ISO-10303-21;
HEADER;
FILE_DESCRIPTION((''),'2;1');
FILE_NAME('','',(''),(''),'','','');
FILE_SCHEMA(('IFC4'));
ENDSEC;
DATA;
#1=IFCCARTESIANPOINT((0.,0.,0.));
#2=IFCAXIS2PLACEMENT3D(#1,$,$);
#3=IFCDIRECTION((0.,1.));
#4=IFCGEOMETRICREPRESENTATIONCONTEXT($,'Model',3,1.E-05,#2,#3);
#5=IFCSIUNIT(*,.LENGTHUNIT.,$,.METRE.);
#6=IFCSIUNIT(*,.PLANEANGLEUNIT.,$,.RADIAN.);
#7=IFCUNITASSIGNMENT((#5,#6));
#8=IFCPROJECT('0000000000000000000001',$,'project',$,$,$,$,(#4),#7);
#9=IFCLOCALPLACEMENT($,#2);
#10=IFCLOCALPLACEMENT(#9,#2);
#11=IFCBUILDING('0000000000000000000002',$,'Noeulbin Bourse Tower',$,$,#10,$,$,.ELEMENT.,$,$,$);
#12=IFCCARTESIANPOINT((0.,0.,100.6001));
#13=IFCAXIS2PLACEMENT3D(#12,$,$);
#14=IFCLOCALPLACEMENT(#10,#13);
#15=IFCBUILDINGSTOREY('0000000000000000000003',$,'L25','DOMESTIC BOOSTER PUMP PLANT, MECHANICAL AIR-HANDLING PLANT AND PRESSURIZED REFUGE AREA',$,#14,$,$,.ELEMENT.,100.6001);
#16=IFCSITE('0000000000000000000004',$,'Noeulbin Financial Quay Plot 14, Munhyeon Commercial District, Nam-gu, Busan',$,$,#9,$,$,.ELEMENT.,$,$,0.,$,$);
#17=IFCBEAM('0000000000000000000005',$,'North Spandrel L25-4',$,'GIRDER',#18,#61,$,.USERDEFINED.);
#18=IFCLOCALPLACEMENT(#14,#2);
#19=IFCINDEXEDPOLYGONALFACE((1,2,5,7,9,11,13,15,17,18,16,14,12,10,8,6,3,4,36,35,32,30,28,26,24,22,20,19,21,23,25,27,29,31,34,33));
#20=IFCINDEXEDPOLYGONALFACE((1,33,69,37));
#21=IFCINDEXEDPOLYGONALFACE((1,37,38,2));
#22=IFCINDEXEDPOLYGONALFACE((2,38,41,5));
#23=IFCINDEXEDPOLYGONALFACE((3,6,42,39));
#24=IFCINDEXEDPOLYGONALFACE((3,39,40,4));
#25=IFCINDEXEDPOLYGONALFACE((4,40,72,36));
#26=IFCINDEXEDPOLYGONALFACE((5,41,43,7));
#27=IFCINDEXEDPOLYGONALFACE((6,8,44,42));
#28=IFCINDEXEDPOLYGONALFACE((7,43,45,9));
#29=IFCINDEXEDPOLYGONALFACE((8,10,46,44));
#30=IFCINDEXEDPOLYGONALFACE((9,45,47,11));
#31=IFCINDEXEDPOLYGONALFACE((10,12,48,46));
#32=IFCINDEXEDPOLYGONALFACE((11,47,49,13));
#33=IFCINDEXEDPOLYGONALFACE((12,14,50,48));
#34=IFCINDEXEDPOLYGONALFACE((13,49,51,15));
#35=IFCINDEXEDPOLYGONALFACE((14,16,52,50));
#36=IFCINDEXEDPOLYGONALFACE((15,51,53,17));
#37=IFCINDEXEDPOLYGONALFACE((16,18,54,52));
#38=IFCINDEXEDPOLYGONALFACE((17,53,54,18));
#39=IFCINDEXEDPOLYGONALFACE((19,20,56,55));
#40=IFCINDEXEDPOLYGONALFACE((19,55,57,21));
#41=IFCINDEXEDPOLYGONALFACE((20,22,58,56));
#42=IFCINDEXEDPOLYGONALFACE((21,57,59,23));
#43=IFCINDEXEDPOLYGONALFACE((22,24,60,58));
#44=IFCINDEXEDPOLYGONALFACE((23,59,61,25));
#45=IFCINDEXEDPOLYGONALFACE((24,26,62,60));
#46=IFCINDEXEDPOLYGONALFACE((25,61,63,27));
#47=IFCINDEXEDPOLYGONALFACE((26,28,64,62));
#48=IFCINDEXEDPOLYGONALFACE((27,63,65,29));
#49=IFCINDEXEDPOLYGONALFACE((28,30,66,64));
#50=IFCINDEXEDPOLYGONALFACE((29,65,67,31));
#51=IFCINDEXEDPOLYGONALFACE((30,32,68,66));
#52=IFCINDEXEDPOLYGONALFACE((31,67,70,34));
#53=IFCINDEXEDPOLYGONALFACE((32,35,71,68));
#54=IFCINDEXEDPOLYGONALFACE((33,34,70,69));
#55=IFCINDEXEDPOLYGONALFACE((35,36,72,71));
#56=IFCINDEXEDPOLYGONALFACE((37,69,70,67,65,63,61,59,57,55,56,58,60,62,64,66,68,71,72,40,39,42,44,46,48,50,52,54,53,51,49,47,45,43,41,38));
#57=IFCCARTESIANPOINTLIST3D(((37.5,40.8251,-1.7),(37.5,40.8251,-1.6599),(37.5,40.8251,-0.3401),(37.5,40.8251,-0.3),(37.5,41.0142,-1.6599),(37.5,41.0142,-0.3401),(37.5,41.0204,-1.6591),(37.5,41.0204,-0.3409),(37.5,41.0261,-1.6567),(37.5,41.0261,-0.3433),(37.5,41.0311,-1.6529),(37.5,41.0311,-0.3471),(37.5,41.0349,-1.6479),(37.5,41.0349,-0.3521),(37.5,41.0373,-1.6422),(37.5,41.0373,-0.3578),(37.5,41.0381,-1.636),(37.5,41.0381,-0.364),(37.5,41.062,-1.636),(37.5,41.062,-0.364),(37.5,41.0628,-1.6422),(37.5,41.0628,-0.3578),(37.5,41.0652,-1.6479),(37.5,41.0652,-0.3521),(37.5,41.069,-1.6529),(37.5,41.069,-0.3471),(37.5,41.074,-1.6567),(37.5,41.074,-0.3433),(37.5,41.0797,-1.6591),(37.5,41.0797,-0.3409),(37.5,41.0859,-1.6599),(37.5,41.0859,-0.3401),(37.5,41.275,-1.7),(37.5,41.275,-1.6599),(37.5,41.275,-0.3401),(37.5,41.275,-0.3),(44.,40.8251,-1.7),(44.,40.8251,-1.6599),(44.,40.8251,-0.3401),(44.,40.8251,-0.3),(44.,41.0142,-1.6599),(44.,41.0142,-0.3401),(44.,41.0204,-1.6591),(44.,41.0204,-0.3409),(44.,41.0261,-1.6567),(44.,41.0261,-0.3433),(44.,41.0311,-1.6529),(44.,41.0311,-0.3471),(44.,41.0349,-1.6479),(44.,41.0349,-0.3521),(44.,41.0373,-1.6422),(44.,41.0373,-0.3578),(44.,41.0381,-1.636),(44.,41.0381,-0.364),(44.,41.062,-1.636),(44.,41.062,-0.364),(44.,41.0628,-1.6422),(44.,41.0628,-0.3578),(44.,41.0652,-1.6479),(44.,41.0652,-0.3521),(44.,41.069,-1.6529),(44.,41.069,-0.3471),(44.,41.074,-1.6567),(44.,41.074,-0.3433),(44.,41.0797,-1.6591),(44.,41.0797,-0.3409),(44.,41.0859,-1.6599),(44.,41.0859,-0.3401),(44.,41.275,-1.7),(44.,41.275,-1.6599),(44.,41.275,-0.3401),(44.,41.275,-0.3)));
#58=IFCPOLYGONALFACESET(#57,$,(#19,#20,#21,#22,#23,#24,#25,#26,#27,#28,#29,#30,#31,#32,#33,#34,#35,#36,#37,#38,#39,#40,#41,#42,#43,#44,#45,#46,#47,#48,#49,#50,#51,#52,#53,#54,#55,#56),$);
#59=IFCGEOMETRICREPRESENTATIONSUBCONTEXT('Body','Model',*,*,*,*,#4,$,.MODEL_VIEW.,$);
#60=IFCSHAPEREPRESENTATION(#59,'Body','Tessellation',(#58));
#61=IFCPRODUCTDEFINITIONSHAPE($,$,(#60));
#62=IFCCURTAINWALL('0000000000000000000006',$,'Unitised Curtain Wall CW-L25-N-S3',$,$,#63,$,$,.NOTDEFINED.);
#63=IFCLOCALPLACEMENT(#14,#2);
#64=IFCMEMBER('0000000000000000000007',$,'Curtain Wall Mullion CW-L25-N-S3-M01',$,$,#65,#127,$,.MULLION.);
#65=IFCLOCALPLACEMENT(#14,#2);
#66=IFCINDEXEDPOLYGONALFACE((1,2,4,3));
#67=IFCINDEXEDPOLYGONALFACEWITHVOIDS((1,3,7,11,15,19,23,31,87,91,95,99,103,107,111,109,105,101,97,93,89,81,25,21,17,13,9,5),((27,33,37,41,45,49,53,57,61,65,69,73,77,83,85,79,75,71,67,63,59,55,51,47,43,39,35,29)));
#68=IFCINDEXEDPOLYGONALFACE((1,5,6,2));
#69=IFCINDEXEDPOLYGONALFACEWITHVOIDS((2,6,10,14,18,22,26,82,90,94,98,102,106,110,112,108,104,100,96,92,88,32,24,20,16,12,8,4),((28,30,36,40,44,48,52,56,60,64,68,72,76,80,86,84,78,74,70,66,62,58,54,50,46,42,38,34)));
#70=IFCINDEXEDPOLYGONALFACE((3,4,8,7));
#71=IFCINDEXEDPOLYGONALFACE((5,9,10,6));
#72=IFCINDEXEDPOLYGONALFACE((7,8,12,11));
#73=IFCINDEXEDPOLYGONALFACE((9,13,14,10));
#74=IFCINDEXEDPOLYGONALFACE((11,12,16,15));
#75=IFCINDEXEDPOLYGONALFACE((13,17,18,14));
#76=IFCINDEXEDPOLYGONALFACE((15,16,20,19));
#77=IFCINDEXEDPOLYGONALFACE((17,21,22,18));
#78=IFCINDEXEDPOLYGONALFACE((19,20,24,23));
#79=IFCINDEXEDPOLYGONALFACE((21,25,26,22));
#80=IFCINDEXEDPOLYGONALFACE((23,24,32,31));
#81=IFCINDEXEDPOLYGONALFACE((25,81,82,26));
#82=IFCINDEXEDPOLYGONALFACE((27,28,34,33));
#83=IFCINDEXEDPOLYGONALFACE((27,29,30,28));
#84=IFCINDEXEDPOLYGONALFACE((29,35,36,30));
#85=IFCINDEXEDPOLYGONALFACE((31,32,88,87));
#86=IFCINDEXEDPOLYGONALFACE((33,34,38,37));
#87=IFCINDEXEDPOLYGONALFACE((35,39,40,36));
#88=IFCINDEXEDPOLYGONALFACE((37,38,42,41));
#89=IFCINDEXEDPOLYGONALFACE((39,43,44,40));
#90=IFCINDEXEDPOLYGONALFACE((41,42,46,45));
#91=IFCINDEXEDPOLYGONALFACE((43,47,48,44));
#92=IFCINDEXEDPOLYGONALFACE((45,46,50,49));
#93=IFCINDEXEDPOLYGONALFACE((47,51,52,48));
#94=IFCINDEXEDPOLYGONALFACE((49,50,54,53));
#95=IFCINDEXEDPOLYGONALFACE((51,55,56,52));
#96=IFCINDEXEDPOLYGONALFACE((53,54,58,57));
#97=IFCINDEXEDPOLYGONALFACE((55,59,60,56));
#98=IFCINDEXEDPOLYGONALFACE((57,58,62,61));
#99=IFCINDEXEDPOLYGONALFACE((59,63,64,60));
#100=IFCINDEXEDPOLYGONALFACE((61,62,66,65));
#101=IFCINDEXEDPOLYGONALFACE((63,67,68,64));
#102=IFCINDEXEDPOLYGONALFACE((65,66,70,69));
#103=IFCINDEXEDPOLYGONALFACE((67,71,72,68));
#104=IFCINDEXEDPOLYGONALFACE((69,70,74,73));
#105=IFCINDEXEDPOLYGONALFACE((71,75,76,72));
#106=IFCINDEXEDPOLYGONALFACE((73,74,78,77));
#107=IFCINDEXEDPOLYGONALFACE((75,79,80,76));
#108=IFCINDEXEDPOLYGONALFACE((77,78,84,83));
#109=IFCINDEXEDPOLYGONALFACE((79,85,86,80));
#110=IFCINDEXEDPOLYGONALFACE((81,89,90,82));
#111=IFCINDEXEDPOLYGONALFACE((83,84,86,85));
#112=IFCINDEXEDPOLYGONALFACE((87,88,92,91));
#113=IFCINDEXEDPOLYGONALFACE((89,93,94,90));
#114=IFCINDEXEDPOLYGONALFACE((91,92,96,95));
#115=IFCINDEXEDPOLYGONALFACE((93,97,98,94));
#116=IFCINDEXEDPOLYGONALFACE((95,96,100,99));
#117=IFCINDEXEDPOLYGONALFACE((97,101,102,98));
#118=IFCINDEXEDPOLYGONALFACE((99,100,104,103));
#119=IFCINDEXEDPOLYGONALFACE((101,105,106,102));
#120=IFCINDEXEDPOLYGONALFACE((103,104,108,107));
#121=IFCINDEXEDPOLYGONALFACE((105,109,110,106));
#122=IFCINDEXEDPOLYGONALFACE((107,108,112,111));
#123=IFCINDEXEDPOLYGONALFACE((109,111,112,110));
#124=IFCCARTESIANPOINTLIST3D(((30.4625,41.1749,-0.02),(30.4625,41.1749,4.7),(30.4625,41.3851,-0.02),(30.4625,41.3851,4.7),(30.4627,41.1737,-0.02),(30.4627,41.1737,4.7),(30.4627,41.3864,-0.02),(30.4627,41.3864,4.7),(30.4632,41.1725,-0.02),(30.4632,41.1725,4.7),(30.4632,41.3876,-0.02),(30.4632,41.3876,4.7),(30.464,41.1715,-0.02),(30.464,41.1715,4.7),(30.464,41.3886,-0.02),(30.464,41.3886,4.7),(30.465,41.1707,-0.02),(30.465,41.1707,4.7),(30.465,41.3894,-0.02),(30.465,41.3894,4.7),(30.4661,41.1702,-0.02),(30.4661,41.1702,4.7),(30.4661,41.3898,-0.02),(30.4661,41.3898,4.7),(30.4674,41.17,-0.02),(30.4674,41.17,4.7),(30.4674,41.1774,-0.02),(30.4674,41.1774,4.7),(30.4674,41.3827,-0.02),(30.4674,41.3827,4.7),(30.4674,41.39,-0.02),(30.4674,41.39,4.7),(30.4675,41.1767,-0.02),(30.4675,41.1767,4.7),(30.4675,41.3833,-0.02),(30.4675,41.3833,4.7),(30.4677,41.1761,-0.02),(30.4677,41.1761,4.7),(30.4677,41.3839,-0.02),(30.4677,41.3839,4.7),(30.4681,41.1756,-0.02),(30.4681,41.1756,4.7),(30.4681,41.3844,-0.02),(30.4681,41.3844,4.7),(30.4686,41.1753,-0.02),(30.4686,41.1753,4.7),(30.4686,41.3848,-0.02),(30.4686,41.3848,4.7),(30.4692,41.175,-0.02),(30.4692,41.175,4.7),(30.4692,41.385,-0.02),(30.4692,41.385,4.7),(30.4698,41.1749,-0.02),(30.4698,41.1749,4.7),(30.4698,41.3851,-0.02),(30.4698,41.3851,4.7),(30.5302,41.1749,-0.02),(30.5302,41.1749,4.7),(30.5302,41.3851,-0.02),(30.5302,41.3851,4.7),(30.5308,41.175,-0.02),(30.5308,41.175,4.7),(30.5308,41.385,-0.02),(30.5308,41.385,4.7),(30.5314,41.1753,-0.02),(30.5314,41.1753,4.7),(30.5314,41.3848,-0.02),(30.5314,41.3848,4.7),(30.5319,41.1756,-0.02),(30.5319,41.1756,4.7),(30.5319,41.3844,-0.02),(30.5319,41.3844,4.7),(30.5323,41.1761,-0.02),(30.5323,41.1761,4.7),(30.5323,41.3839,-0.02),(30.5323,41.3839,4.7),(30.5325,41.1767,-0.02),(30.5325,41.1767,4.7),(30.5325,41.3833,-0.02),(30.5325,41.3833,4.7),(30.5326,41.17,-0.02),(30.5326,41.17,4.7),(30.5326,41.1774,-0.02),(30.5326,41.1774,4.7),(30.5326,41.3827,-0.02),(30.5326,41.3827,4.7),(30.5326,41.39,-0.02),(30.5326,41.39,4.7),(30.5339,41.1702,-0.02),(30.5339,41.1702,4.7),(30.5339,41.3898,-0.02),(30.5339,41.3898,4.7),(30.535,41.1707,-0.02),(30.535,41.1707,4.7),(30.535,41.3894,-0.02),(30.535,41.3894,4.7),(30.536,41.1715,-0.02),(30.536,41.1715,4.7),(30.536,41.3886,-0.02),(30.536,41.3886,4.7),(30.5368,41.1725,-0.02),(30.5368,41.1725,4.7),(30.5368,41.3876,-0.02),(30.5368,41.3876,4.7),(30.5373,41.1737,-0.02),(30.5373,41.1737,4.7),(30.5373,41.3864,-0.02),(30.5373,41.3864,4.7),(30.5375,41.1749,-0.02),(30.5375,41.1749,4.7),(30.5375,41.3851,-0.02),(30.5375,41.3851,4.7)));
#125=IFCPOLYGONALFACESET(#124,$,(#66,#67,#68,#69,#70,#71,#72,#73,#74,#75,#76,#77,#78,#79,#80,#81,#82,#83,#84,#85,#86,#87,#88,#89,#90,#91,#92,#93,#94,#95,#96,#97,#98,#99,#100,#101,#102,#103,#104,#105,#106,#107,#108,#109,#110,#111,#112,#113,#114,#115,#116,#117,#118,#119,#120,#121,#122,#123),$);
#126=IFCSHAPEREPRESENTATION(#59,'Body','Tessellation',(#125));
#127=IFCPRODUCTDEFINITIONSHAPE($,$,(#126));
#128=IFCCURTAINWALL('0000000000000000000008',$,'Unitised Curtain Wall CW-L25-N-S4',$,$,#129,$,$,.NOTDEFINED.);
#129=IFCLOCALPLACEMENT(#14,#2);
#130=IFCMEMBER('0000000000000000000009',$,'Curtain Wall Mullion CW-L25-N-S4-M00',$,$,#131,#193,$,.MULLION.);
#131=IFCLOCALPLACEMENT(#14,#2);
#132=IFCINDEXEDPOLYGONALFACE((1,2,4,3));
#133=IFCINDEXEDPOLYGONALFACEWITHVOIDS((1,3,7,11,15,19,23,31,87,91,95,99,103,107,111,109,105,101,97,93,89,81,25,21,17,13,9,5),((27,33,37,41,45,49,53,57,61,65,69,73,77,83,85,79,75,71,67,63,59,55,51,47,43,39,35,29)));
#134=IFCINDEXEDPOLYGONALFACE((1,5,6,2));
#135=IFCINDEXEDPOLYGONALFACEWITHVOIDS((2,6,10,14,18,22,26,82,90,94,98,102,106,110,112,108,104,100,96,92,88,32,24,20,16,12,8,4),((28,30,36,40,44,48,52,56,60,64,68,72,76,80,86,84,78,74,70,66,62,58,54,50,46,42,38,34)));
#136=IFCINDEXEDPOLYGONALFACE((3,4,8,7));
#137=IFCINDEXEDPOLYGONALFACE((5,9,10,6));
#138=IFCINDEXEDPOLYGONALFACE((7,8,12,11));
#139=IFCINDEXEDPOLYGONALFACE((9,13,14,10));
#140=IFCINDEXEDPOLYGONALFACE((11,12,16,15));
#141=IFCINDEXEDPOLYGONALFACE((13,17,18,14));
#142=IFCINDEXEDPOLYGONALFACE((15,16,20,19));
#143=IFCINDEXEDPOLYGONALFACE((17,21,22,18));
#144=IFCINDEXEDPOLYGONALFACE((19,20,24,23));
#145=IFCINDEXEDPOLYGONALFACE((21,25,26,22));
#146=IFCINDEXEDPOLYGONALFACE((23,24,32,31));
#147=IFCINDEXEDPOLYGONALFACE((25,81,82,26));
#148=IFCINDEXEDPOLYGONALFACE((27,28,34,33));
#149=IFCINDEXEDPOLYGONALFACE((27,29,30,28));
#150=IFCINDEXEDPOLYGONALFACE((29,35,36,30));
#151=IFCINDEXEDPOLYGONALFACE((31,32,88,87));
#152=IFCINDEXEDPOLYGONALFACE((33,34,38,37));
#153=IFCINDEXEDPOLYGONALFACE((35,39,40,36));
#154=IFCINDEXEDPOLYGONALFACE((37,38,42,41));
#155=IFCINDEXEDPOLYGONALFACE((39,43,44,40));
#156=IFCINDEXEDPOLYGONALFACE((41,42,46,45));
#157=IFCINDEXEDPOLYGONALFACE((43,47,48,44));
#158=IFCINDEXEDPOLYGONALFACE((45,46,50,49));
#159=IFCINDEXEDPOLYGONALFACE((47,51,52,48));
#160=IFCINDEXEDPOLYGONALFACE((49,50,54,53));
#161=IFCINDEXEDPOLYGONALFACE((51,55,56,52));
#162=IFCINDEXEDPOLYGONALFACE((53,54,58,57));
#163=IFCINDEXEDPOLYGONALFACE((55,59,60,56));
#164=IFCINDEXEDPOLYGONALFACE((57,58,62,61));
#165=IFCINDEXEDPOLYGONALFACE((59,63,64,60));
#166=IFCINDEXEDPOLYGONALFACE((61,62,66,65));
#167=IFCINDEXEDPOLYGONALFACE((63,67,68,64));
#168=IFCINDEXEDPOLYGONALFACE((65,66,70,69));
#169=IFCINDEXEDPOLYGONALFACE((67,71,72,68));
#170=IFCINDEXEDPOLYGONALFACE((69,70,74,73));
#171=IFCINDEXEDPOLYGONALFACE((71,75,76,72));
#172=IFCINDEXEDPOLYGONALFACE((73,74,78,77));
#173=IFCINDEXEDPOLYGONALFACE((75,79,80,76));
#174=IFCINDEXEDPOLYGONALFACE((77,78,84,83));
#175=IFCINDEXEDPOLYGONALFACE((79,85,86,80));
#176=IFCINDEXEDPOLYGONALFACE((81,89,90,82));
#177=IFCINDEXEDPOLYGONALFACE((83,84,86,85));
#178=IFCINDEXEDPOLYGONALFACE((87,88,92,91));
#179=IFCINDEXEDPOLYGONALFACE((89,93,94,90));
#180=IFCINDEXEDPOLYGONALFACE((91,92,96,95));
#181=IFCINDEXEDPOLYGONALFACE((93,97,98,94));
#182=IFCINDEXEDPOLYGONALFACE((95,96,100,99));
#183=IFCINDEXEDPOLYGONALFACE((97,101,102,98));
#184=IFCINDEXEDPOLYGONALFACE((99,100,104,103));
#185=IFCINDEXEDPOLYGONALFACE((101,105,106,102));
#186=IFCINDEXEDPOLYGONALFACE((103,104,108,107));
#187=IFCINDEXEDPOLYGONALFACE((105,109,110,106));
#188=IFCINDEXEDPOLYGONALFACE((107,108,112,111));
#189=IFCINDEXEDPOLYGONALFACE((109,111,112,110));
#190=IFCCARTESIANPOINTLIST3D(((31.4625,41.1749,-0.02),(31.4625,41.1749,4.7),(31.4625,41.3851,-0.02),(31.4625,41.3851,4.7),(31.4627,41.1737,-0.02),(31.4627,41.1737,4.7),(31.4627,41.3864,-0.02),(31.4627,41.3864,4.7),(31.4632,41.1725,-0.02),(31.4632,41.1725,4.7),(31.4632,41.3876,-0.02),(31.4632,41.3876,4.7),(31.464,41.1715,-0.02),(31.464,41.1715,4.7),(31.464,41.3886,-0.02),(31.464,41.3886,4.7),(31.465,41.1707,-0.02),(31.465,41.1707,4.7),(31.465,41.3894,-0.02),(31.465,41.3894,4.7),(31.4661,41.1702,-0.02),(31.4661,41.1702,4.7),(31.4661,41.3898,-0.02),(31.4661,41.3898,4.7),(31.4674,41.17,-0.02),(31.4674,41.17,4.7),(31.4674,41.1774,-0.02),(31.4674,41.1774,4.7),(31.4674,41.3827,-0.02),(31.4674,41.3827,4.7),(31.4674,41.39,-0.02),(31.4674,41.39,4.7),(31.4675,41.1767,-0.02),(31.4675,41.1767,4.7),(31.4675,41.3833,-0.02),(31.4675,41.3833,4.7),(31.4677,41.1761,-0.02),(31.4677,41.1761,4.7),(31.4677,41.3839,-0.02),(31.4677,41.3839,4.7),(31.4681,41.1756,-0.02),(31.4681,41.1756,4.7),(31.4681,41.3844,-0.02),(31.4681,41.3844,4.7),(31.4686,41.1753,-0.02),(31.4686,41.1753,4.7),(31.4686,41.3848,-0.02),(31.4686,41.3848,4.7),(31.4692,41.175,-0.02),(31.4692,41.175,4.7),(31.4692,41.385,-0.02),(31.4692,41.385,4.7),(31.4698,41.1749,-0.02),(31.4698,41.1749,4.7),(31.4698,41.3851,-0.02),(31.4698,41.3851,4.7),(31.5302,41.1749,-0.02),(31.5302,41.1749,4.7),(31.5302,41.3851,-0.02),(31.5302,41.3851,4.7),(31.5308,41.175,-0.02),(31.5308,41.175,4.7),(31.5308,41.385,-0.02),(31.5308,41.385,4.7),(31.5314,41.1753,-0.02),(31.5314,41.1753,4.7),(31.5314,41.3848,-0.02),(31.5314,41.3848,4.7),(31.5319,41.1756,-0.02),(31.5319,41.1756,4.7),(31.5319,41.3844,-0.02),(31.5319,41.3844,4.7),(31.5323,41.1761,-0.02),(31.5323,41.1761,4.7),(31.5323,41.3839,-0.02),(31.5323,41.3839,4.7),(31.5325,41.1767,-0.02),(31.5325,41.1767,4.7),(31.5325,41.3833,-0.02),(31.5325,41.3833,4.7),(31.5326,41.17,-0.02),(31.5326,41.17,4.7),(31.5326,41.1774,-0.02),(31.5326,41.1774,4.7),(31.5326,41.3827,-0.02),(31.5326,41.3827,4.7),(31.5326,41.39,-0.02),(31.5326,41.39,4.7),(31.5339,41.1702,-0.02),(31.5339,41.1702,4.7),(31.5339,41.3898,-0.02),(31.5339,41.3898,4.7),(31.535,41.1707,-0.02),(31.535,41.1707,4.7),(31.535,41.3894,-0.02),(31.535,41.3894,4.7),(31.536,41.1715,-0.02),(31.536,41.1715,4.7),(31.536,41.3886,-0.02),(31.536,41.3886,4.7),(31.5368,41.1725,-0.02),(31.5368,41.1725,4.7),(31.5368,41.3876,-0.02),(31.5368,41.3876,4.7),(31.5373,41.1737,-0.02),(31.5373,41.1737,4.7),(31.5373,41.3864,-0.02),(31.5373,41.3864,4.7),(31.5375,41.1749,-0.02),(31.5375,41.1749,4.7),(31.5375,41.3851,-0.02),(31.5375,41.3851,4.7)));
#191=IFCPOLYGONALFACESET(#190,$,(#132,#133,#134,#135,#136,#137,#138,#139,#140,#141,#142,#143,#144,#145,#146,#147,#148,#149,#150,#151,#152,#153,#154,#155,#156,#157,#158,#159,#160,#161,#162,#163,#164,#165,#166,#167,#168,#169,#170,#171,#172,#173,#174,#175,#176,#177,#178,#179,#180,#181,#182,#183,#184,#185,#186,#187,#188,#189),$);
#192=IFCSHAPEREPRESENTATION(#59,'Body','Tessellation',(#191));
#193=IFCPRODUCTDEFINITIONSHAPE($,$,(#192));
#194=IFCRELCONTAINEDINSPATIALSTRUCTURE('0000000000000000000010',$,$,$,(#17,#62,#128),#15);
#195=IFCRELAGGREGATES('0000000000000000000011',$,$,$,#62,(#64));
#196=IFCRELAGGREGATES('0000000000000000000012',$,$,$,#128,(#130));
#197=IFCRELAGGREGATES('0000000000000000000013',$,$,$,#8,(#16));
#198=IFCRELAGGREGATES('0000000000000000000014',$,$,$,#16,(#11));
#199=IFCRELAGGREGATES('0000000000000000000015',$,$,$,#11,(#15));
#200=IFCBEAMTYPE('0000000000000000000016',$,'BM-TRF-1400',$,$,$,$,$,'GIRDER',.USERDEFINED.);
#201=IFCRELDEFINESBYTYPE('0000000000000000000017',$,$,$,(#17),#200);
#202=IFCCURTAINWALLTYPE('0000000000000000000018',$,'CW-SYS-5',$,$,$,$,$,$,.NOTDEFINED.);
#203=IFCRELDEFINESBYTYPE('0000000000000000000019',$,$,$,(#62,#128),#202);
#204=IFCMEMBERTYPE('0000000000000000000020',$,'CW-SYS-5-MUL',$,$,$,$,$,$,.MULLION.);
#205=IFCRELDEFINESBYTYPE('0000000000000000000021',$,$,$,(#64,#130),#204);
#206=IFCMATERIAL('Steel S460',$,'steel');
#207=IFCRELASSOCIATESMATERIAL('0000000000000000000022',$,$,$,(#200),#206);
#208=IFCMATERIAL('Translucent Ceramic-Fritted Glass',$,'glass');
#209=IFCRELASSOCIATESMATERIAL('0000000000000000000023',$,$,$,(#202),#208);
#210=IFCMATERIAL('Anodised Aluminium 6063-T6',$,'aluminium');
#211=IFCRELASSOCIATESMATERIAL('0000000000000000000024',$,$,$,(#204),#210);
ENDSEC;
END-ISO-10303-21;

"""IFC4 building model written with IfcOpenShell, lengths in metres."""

from ifc_helpers import new_model, si_unit, direction, frame, origin, origin_2d, place, context, subcontext, project, spatial, hollow_rectangle, i_section, extrude, material, material_profile, profile_set, type_object, element, aggregate, save


model = new_model("IFC4")

# Units and contexts
model_context = context("Model", 3, precision=1e-05, world=origin(), true_north=direction((0.0, 1.0)))
body_context = subcontext(model_context, "Body", "Model", "MODEL_VIEW")
ifc_project = project(units=[si_unit("LENGTHUNIT", "METRE"), si_unit("PLANEANGLEUNIT", "RADIAN")], contexts=[model_context])

# Site, building, storey
site_placement = place(None, origin())
site = spatial("IfcSite", under=ifc_project, at=site_placement, Name="Noeulbin Financial Quay Plot 14, Munhyeon Commercial District, Nam-gu, Busan", CompositionType="ELEMENT", RefElevation=0.0)
building_placement = place(site_placement, origin())
building = spatial("IfcBuilding", under=site, at=building_placement, Name="Noeulbin Bourse Tower", CompositionType="ELEMENT")
storey_placement = place(building_placement, frame((0.0, 0.0, 100.6001)))
storey = spatial("IfcBuildingStorey", under=building, at=storey_placement, Name="L25", Description="DOMESTIC BOOSTER PUMP PLANT, MECHANICAL AIR-HANDLING PLANT AND PRESSURIZED REFUGE AREA", CompositionType="ELEMENT", Elevation=100.6001)

# Shared definitions
ifc_material_1 = material(Name="Steel S460", Category="steel")

# Beam
ifc_material_profile_1 = material_profile(ifc_material_1, i_section(OverallWidth=0.45, OverallDepth=1.3999, WebThickness=0.0239, FlangeThickness=0.04, FilletRadius=0.0239, at=origin_2d()), Name="PG-1400x450x24x40", Category="LoadBearing")
ifc_profile_set_1 = profile_set([ifc_material_profile_1], Name="Steel S460")
beam_type_1 = type_object("IfcBeamType", Name="BM-TRF-1400", ElementType="GIRDER", PredefinedType="USERDEFINED", material=ifc_profile_set_1)
for number, where, z_axis, x_axis, name in (
    (1, (37.5, 41.05, -1.0), (1.0, 0.0, 0.0), (0.0, 1.0, 0.0), "North Spandrel L25-4"),
):
    element("IfcBeam", number, at=place(storey_placement, frame(where, z_axis=z_axis, x_axis=x_axis)), inside=storey, type_object=beam_type_1, Name=name, ObjectType="GIRDER", PredefinedType="USERDEFINED", context=body_context, shape_type="SweptSolid", body=[
        extrude(i_section(OverallWidth=0.45, OverallDepth=1.3999, WebThickness=0.0239, FlangeThickness=0.04, FilletRadius=0.0239, at=origin_2d()), origin(), (0.0, 0.0, 1.0), 6.5),
    ])

# Curtain wall, member
ifc_material_2 = material(Name="Translucent Ceramic-Fritted Glass", Category="glass")
curtain_wall_type = type_object("IfcCurtainWallType", Name="CW-SYS-5", PredefinedType="NOTDEFINED", material=ifc_material_2)
curtain_wall_1_placement = place(storey_placement, origin())
curtain_wall_1 = element("IfcCurtainWall", 2, at=curtain_wall_1_placement, inside=storey, type_object=curtain_wall_type, Name="Unitised Curtain Wall CW-L25-N-S3", PredefinedType="NOTDEFINED")
ifc_material_3 = material(Name="Anodised Aluminium 6063-T6", Category="aluminium")
ifc_material_profile_2 = material_profile(ifc_material_3, hollow_rectangle(XDim=0.075, YDim=0.22, WallThickness=0.0049, InnerFilletRadius=0.0024, OuterFilletRadius=0.0049, at=origin_2d()), Name="ALU-MULL-75x220x5", Category="LoadBearing")
ifc_profile_set_2 = profile_set([ifc_material_profile_2], Name="Anodised Aluminium 6063-T6")
member_type_1 = type_object("IfcMemberType", Name="CW-SYS-5-MUL", PredefinedType="MULLION", material=ifc_profile_set_2)
member_1_placement = place(storey_placement, frame((30.5, 41.28, -0.02), z_axis=(0.0, 0.0, 1.0), x_axis=(1.0, 0.0, 0.0)))
member_1 = element("IfcMember", 3, at=member_1_placement, type_object=member_type_1, Name="Curtain Wall Mullion CW-L25-N-S3-M01", PredefinedType="MULLION", context=body_context, shape_type="SweptSolid", body=[
    extrude(hollow_rectangle(XDim=0.075, YDim=0.22, WallThickness=0.0049, InnerFilletRadius=0.0024, OuterFilletRadius=0.0049, at=origin_2d()), origin(), (0.0, 0.0, 1.0), 4.72),
])
aggregate(curtain_wall_1, [member_1])

# Curtain wall, member
curtain_wall_2_placement = place(storey_placement, origin())
curtain_wall_2 = element("IfcCurtainWall", 4, at=curtain_wall_2_placement, inside=storey, type_object=curtain_wall_type, Name="Unitised Curtain Wall CW-L25-N-S4", PredefinedType="NOTDEFINED")
member_2_placement = place(storey_placement, frame((31.5, 41.28, -0.02), z_axis=(0.0, 0.0, 1.0), x_axis=(1.0, 0.0, 0.0)))
member_2 = element("IfcMember", 5, at=member_2_placement, type_object=member_type_1, Name="Curtain Wall Mullion CW-L25-N-S4-M00", PredefinedType="MULLION", context=body_context, shape_type="SweptSolid", body=[
    extrude(hollow_rectangle(XDim=0.075, YDim=0.22, WallThickness=0.0049, InnerFilletRadius=0.0024, OuterFilletRadius=0.0049, at=origin_2d()), origin(), (0.0, 0.0, 1.0), 4.72),
])

aggregate(curtain_wall_2, [member_2])

save(model, "model.ifc")
